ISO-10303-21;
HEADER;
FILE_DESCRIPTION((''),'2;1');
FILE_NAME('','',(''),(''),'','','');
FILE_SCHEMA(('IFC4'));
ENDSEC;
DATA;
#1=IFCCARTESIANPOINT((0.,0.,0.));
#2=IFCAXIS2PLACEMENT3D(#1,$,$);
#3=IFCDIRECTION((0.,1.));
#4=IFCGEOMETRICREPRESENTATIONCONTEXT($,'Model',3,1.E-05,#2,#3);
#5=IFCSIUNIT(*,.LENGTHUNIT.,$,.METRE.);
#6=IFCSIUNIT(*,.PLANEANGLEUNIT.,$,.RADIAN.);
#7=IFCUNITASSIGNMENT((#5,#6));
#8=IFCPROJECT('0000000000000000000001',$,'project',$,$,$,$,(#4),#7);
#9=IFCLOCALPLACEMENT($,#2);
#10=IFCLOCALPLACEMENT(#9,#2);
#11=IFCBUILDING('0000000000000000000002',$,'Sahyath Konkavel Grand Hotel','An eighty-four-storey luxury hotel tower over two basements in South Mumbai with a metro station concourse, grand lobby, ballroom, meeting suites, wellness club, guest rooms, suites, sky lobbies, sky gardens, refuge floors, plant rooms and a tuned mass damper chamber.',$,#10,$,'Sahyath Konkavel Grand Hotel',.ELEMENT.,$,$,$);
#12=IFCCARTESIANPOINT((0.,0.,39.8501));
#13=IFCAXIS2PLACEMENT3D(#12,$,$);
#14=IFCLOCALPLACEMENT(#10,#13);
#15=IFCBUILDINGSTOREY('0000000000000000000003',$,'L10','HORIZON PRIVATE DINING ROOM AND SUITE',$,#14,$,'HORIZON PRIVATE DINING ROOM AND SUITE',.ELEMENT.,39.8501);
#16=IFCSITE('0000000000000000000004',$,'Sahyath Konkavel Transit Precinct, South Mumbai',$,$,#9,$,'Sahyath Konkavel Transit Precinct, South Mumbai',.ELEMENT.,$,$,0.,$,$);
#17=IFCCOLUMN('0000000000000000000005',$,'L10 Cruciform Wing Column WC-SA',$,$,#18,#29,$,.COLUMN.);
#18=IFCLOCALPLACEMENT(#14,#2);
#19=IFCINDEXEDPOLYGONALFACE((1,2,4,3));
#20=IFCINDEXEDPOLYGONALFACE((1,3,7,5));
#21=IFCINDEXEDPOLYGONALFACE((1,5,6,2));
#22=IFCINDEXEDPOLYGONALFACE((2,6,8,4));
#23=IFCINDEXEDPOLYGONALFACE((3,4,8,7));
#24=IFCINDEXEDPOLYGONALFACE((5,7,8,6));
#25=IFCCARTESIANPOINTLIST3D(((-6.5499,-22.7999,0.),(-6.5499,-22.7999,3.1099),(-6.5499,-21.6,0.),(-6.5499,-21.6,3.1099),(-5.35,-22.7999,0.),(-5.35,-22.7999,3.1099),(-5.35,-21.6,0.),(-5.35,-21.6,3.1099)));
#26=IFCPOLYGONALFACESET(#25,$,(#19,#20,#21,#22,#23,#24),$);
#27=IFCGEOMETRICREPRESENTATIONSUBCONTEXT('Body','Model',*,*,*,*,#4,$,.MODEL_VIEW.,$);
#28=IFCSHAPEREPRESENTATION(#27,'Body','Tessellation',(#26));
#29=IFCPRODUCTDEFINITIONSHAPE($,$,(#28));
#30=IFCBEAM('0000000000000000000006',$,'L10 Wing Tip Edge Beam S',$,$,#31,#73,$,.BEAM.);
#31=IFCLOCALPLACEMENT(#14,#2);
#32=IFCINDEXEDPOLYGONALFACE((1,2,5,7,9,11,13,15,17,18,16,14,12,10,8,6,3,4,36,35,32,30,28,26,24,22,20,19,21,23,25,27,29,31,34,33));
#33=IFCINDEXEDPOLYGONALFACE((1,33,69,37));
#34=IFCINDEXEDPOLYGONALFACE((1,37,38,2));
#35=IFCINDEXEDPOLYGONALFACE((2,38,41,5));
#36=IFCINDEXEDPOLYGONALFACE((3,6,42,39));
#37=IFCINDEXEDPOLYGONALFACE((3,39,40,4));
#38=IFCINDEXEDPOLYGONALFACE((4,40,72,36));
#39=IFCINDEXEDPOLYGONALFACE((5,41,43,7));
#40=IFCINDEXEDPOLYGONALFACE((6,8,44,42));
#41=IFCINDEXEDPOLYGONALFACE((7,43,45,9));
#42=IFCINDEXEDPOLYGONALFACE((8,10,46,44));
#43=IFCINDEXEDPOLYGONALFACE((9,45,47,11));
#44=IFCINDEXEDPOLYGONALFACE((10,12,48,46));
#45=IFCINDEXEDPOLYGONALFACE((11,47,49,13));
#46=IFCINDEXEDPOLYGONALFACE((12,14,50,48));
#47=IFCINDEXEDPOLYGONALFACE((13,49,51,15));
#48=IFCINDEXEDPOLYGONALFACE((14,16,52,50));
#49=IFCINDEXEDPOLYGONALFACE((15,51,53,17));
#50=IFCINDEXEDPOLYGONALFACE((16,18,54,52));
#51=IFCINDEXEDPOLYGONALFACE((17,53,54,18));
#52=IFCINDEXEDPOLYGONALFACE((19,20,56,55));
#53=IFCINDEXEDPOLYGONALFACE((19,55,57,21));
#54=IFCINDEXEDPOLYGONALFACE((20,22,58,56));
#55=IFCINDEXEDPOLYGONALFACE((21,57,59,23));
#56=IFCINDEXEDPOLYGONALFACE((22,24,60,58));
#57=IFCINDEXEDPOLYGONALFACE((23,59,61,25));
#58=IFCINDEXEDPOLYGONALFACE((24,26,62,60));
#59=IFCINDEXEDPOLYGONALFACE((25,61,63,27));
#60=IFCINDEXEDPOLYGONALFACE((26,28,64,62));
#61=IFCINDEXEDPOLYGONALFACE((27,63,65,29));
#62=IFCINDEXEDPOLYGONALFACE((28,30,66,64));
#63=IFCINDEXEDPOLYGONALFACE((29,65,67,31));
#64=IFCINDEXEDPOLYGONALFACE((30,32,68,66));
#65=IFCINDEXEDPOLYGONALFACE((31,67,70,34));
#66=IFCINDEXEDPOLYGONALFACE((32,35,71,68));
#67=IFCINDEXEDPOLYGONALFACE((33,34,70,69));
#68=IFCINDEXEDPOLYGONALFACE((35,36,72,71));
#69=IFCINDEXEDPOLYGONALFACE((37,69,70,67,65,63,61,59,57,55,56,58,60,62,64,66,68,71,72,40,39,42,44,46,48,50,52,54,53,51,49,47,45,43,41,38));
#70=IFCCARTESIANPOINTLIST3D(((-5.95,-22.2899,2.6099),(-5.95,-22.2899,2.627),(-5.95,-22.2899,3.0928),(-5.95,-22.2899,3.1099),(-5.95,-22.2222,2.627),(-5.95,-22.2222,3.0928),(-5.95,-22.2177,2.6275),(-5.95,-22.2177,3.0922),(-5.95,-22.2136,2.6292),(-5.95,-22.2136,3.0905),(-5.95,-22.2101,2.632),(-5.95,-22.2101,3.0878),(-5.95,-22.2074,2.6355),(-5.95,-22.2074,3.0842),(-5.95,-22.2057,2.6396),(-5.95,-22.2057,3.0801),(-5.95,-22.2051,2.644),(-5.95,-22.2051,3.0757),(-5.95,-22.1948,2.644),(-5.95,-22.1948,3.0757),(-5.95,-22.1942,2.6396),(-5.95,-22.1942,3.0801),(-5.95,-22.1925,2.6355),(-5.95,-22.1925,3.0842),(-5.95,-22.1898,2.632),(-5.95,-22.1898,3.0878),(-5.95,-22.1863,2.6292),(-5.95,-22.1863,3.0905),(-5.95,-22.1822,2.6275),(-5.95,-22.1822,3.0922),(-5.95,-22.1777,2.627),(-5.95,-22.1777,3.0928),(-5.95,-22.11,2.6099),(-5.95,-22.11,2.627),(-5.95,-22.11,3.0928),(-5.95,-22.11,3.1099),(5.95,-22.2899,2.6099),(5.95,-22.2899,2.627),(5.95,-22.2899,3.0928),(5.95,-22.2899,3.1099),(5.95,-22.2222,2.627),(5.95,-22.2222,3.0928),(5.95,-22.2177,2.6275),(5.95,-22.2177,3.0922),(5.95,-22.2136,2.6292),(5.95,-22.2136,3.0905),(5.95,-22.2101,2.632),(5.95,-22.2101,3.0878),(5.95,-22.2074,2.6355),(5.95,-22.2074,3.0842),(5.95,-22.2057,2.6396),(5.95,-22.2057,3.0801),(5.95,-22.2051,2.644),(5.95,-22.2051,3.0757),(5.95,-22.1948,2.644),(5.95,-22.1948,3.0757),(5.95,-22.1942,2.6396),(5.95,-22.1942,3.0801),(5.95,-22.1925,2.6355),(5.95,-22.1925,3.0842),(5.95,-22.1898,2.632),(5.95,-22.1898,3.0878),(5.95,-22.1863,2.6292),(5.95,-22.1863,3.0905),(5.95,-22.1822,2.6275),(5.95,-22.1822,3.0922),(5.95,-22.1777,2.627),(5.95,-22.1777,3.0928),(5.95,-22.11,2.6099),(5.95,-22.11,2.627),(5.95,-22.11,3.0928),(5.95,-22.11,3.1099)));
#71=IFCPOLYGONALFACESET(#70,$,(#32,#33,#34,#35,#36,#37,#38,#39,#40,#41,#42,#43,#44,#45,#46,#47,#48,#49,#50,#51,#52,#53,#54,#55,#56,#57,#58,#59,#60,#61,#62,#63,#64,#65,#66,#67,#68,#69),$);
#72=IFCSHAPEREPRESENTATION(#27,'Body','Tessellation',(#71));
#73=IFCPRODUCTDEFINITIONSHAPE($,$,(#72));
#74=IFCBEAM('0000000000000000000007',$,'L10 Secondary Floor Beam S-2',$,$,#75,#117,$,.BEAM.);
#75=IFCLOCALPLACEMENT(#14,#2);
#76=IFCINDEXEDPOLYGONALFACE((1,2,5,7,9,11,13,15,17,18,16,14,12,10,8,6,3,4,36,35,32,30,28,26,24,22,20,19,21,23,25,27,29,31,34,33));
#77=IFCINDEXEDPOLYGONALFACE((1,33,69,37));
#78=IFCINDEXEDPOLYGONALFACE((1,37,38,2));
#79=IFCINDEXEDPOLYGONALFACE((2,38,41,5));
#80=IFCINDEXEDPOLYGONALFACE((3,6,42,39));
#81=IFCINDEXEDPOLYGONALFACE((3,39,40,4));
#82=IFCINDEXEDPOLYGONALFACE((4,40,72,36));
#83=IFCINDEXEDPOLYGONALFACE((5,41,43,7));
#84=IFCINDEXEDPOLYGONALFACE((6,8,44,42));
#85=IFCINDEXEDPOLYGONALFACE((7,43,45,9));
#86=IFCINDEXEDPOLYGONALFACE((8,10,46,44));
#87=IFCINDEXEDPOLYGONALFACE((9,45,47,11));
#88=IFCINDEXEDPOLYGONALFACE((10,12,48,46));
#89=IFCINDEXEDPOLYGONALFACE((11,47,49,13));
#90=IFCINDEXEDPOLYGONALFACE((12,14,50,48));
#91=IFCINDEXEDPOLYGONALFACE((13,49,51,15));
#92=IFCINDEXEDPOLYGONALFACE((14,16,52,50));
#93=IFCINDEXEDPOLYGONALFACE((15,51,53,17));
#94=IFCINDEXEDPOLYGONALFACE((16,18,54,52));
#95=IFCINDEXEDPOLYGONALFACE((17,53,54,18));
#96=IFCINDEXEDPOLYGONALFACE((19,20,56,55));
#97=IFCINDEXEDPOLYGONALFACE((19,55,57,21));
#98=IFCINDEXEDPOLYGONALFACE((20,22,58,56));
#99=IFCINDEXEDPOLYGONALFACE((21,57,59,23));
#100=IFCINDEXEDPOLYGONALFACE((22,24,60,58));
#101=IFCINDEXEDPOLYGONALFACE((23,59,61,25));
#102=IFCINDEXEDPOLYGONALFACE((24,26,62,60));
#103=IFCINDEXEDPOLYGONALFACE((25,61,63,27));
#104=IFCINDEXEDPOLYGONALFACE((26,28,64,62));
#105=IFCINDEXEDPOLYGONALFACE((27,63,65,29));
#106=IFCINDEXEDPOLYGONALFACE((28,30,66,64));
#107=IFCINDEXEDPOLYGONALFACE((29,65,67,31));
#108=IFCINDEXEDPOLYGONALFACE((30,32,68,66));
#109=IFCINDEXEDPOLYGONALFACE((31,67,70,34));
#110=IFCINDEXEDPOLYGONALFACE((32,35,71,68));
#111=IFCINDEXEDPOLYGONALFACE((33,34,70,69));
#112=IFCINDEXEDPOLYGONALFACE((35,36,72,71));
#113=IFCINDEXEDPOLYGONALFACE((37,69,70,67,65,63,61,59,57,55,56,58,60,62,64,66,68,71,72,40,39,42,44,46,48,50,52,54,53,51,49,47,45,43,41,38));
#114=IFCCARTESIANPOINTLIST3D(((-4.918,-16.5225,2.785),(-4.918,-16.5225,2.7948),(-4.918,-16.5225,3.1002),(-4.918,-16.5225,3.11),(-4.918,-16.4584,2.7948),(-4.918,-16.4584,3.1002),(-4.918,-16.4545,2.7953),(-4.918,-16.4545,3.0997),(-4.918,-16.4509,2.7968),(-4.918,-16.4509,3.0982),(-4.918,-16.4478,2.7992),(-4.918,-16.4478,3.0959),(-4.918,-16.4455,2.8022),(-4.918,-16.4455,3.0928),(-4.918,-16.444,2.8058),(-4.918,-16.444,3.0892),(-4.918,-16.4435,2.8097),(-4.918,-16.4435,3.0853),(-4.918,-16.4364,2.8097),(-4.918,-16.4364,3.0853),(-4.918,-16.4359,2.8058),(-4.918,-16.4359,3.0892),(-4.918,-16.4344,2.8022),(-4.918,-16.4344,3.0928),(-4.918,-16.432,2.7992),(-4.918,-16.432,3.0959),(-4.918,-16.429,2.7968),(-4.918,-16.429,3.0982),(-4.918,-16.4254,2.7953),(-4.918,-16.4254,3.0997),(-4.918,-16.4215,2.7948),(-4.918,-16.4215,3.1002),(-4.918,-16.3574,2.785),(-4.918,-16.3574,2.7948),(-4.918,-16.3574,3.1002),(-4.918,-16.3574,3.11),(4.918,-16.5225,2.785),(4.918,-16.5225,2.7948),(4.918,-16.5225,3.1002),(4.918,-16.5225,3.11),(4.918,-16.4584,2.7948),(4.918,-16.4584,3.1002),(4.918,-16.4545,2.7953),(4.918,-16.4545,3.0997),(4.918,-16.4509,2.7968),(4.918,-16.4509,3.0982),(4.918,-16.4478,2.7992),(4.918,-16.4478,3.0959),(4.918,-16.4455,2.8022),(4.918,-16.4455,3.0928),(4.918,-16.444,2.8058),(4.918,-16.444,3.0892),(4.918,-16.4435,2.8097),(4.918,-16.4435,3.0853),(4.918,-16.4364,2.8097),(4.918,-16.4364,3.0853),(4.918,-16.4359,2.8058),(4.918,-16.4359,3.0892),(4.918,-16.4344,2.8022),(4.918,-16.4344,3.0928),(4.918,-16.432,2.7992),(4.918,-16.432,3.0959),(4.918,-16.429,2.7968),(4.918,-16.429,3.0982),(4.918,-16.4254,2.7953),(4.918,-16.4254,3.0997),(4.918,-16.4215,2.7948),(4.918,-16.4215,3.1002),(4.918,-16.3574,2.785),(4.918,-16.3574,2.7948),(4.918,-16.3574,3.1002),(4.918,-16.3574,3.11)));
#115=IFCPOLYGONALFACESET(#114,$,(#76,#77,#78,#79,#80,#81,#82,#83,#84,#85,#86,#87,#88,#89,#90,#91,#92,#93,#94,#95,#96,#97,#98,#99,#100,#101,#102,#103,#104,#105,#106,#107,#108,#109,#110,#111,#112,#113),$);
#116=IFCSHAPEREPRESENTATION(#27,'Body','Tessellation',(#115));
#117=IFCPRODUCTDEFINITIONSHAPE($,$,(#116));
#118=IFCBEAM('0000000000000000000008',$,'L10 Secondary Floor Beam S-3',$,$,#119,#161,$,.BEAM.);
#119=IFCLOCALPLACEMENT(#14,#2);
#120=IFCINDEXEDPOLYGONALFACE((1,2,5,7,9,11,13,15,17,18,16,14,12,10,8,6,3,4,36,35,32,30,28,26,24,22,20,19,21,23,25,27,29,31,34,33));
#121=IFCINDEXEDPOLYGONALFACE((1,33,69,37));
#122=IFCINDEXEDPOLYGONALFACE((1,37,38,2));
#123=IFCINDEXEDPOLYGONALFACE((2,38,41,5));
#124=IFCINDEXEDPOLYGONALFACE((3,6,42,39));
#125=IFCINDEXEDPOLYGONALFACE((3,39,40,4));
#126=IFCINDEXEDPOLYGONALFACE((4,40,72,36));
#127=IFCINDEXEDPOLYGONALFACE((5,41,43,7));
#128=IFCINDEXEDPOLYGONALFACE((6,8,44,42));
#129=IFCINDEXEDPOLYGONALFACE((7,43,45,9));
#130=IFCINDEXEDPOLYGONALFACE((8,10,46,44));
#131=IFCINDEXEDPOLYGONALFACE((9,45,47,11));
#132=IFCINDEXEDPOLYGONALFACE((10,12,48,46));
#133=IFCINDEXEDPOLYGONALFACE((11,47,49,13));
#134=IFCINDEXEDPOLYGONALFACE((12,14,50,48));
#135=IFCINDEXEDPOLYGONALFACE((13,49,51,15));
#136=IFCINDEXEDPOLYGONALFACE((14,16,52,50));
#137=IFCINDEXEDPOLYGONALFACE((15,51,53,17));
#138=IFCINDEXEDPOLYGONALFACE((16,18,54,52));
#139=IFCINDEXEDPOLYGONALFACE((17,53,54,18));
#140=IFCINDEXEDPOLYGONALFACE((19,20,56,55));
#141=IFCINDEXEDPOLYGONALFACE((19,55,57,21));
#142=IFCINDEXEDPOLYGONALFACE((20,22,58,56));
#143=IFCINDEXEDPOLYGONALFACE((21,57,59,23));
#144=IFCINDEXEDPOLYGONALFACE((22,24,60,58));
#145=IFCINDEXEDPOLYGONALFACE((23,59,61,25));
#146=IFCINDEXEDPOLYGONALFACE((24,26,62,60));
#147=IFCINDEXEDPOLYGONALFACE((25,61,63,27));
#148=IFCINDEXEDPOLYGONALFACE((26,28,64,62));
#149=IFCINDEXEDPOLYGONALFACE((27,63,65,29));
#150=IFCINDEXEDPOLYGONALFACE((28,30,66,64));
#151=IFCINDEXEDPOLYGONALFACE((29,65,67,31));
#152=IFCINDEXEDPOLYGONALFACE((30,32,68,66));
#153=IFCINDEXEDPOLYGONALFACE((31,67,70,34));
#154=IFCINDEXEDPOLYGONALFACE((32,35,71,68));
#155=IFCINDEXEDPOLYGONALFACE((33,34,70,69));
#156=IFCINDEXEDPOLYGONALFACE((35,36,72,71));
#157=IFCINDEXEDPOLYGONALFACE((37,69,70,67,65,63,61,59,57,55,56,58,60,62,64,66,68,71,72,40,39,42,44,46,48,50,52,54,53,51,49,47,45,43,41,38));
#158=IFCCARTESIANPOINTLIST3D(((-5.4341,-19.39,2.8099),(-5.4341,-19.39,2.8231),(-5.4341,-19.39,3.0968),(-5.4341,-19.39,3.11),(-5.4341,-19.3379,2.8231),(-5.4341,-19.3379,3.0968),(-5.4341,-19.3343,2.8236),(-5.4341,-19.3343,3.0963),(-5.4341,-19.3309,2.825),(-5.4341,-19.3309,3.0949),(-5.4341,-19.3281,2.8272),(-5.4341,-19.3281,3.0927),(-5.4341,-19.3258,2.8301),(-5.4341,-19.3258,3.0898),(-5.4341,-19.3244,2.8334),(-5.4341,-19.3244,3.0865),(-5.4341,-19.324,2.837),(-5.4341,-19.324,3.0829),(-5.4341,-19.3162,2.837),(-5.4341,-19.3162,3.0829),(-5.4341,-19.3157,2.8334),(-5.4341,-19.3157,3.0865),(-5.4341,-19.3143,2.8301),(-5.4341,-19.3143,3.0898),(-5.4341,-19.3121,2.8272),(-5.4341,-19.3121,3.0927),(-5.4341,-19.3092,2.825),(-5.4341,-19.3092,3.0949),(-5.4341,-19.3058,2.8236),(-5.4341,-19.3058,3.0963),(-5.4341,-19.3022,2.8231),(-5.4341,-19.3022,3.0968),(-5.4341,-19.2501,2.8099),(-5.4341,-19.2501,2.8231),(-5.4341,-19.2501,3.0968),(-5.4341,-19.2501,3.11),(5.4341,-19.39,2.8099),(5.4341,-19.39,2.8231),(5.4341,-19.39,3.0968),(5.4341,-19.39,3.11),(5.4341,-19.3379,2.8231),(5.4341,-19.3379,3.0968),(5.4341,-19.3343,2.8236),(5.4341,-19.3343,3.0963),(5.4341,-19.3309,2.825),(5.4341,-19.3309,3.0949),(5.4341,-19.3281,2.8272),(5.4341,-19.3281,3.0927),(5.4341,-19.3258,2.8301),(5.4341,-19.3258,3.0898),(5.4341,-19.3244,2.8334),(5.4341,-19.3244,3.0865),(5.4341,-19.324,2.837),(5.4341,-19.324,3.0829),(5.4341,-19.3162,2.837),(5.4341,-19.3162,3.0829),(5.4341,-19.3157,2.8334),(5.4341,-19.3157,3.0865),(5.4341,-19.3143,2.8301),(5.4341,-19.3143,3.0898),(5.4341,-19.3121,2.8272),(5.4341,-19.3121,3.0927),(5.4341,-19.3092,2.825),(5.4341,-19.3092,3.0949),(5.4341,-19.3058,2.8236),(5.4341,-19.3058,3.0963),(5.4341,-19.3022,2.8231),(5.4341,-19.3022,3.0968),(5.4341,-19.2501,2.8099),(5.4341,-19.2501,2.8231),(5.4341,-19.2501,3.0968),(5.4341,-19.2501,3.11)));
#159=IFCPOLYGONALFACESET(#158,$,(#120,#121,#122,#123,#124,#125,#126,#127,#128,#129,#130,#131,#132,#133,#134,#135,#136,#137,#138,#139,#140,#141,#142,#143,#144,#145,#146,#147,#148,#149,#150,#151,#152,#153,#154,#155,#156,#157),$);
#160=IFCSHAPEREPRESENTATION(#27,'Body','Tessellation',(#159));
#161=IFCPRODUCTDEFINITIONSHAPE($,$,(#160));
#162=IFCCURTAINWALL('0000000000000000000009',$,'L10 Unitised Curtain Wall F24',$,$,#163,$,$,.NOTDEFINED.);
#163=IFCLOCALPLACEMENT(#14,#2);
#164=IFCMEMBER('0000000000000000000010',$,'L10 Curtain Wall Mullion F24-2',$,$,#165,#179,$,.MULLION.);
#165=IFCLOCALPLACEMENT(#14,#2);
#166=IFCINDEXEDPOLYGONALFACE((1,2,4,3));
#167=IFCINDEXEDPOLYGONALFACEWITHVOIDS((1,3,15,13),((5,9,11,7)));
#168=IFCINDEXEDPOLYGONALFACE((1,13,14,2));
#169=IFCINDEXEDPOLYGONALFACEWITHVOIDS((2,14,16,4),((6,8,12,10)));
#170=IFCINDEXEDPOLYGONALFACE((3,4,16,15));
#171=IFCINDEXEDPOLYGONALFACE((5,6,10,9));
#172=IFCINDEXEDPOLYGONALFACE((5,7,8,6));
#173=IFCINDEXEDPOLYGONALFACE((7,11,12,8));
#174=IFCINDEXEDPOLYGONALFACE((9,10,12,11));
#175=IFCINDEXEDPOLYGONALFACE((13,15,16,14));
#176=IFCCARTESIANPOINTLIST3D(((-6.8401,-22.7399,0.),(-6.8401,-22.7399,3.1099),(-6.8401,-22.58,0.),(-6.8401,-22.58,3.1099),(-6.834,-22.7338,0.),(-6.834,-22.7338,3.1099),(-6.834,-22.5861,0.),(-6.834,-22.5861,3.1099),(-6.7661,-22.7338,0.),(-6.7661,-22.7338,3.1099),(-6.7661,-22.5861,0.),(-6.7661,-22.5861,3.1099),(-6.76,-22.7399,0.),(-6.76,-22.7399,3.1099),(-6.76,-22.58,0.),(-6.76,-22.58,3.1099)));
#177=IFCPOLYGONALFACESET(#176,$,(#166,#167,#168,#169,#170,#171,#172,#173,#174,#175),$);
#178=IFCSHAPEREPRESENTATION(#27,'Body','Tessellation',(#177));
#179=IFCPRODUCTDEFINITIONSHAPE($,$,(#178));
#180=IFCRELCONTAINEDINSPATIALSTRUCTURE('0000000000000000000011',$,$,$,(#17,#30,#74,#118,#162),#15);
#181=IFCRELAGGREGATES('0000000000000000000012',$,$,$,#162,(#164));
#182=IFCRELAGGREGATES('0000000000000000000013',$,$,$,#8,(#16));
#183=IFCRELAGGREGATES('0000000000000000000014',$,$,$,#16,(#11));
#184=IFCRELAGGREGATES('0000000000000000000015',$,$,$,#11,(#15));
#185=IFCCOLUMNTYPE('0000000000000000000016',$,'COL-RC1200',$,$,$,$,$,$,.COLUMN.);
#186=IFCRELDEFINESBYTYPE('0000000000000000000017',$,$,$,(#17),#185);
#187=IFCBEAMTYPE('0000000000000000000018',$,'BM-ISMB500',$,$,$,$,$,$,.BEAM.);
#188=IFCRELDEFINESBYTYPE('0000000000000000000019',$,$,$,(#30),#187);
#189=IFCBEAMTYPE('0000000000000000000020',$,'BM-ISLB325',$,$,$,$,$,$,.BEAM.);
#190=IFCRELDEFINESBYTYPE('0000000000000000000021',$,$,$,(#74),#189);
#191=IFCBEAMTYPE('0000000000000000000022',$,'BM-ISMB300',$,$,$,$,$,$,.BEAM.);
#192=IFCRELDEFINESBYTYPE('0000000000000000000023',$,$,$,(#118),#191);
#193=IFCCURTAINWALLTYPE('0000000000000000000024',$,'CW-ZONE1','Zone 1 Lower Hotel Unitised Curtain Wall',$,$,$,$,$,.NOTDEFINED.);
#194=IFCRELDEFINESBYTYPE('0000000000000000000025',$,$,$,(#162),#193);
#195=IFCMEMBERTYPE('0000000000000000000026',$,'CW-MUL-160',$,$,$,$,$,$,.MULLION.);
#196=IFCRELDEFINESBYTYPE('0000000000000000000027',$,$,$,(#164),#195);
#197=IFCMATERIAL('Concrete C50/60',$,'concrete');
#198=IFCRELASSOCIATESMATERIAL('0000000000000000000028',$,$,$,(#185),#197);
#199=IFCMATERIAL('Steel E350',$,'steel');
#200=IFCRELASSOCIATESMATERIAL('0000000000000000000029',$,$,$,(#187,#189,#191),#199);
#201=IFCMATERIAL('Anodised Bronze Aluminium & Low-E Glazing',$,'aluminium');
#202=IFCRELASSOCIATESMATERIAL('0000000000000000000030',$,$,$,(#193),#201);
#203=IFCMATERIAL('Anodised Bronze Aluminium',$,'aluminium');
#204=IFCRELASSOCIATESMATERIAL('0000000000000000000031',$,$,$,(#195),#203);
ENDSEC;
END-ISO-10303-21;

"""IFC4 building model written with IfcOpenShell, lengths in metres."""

from ifc_helpers import new_model, si_unit, direction, frame, origin, origin_2d, place, context, subcontext, project, spatial, rectangle, hollow_rectangle, i_section, extrude, source, transform, mapped, material, material_profile, profile_set, type_object, element, aggregate, save


model = new_model("IFC4")

# Units and contexts
model_context = context("Model", 3, precision=1e-05, world=origin(), true_north=direction((0.0, 1.0)))
body_context = subcontext(model_context, "Body", "Model", "MODEL_VIEW")
ifc_project = project(units=[si_unit("LENGTHUNIT", "METRE"), si_unit("PLANEANGLEUNIT", "RADIAN")], contexts=[model_context])

# Site, building, storey
site_placement = place(None, origin())
site = spatial("IfcSite", under=ifc_project, at=site_placement, Name="Sahyath Konkavel Transit Precinct, South Mumbai", LongName="Sahyath Konkavel Transit Precinct, South Mumbai", CompositionType="ELEMENT", RefElevation=0.0)
building_placement = place(site_placement, origin())
building = spatial("IfcBuilding", under=site, at=building_placement, Name="Sahyath Konkavel Grand Hotel", Description="An eighty-four-storey luxury hotel tower over two basements in South Mumbai with a metro station concourse, grand lobby, ballroom, meeting suites, wellness club, guest rooms, suites, sky lobbies, sky gardens, refuge floors, plant rooms and a tuned mass damper chamber.", LongName="Sahyath Konkavel Grand Hotel", CompositionType="ELEMENT")
storey_placement = place(building_placement, frame((0.0, 0.0, 39.8501)))
storey = spatial("IfcBuildingStorey", under=building, at=storey_placement, Name="L10", Description="HORIZON PRIVATE DINING ROOM AND SUITE", LongName="HORIZON PRIVATE DINING ROOM AND SUITE", CompositionType="ELEMENT", Elevation=39.8501)

# Column
ifc_material_1 = material(Name="Concrete C50/60", Category="concrete")
ifc_material_profile_1 = material_profile(ifc_material_1, rectangle(XDim=1.2, YDim=1.2, at=origin_2d()), Name="RC 1200x1200")
ifc_profile_set_1 = profile_set([ifc_material_profile_1], Name="Concrete C50/60")
column_type = type_object("IfcColumnType", Name="COL-RC1200", PredefinedType="COLUMN", material=ifc_profile_set_1)
shared_shape_1 = source(origin(), body_context, "Body", "SweptSolid", [
    extrude(rectangle(XDim=1.2, YDim=1.2, at=origin_2d()), origin(), (0.0, 0.0, 1.0), 3.1099),
])
column_placement = place(storey_placement, frame((-5.95, -22.2, 0.0), z_axis=(0.0, 0.0, 1.0), x_axis=(1.0, 0.0, 0.0)))
element("IfcColumn", 1, at=column_placement, inside=storey, type_object=column_type, Name="L10 Cruciform Wing Column WC-SA", PredefinedType="COLUMN", context=body_context, shape_type="MappedRepresentation", body=[
    mapped(shared_shape_1, transform((0.0, 0.0, 0.0), scale=1.0)),
])

# Beams
ifc_material_2 = material(Name="Steel E350", Category="steel")
ifc_material_profile_2 = material_profile(ifc_material_2, i_section(OverallWidth=0.1799, OverallDepth=0.5, WebThickness=0.0103, FlangeThickness=0.0171, FilletRadius=0.0171, at=origin_2d()), Name="ISMB 500")
ifc_profile_set_2 = profile_set([ifc_material_profile_2], Name="Steel E350")
beam_type_1 = type_object("IfcBeamType", Name="BM-ISMB500", PredefinedType="BEAM", material=ifc_profile_set_2)
shared_shape_2 = source(origin(), body_context, "Body", "SweptSolid", [
    extrude(i_section(OverallWidth=0.1799, OverallDepth=0.5, WebThickness=0.0103, FlangeThickness=0.0171, FilletRadius=0.0171, at=origin_2d()), origin(), (0.0, 0.0, 1.0), 11.8999),
])
beam_1_placement = place(storey_placement, frame((-5.95, -22.2, 2.8599), z_axis=(1.0, 0.0, 0.0), x_axis=(0.0, 1.0, 0.0)))
element("IfcBeam", 2, at=beam_1_placement, inside=storey, type_object=beam_type_1, Name="L10 Wing Tip Edge Beam S", PredefinedType="BEAM", context=body_context, shape_type="MappedRepresentation", body=[
    mapped(shared_shape_2, transform((0.0, 0.0, 0.0), scale=1.0)),
])
ifc_material_profile_3 = material_profile(ifc_material_2, i_section(OverallWidth=0.165, OverallDepth=0.325, WebThickness=0.0071, FlangeThickness=0.0098, FilletRadius=0.0149, at=origin_2d()), Name="ISLB 325")
ifc_profile_set_3 = profile_set([ifc_material_profile_3], Name="Steel E350")
beam_type_2 = type_object("IfcBeamType", Name="BM-ISLB325", PredefinedType="BEAM", material=ifc_profile_set_3)
shared_shape_3 = source(origin(), body_context, "Body", "SweptSolid", [
    extrude(i_section(OverallWidth=0.165, OverallDepth=0.325, WebThickness=0.0071, FlangeThickness=0.0098, FilletRadius=0.0149, at=origin_2d()), origin(), (0.0, 0.0, 1.0), 9.8359),
])
beam_2_placement = place(storey_placement, frame((-4.918, -16.4399, 2.9475), z_axis=(1.0, 0.0, 0.0), x_axis=(0.0, 1.0, 0.0)))
element("IfcBeam", 3, at=beam_2_placement, inside=storey, type_object=beam_type_2, Name="L10 Secondary Floor Beam S-2", PredefinedType="BEAM", context=body_context, shape_type="MappedRepresentation", body=[
    mapped(shared_shape_3, transform((0.0, 0.0, 0.0), scale=1.0)),
])
ifc_material_profile_4 = material_profile(ifc_material_2, i_section(OverallWidth=0.1399, OverallDepth=0.3, WebThickness=0.0078, FlangeThickness=0.0132, FilletRadius=0.0139, at=origin_2d()), Name="ISMB 300")
ifc_profile_set_4 = profile_set([ifc_material_profile_4], Name="Steel E350")
beam_type_3 = type_object("IfcBeamType", Name="BM-ISMB300", PredefinedType="BEAM", material=ifc_profile_set_4)
shared_shape_4 = source(origin(), body_context, "Body", "SweptSolid", [
    extrude(i_section(OverallWidth=0.1399, OverallDepth=0.3, WebThickness=0.0078, FlangeThickness=0.0132, FilletRadius=0.0139, at=origin_2d()), origin(), (0.0, 0.0, 1.0), 10.8682),
])
beam_3_placement = place(storey_placement, frame((-5.4341, -19.3201, 2.96), z_axis=(1.0, 0.0, 0.0), x_axis=(0.0, 1.0, 0.0)))
element("IfcBeam", 4, at=beam_3_placement, inside=storey, type_object=beam_type_3, Name="L10 Secondary Floor Beam S-3", PredefinedType="BEAM", context=body_context, shape_type="MappedRepresentation", body=[
    mapped(shared_shape_4, transform((0.0, 0.0, 0.0), scale=1.0)),
])

# Curtain wall, member
ifc_material_3 = material(Name="Anodised Bronze Aluminium & Low-E Glazing", Category="aluminium")
curtain_wall_type = type_object("IfcCurtainWallType", Name="CW-ZONE1", Description="Zone 1 Lower Hotel Unitised Curtain Wall", PredefinedType="NOTDEFINED", material=ifc_material_3)
curtain_wall_1_placement = place(storey_placement, origin())
curtain_wall_1 = element("IfcCurtainWall", 5, at=curtain_wall_1_placement, inside=storey, type_object=curtain_wall_type, Name="L10 Unitised Curtain Wall F24", PredefinedType="NOTDEFINED")
ifc_material_4 = material(Name="Anodised Bronze Aluminium", Category="aluminium")
ifc_material_profile_5 = material_profile(ifc_material_4, hollow_rectangle(XDim=0.0801, YDim=0.1599, WallThickness=0.0061, at=origin_2d()), Name="RHS 160x80x6")
ifc_profile_set_5 = profile_set([ifc_material_profile_5], Name="Anodised Bronze Aluminium")
member_type_1 = type_object("IfcMemberType", Name="CW-MUL-160", PredefinedType="MULLION", material=ifc_profile_set_5)
shared_shape_5 = source(origin(), body_context, "Body", "SweptSolid", [
    extrude(hollow_rectangle(XDim=0.0801, YDim=0.1599, WallThickness=0.0061, at=origin_2d()), origin(), (0.0, 0.0, 1.0), 3.1099),
])
member_1_placement = place(storey_placement, frame((-6.8, -22.6599, 0.0), z_axis=(0.0, 0.0, 1.0), x_axis=(1.0, 0.0, 0.0)))
member_1 = element("IfcMember", 6, at=member_1_placement, type_object=member_type_1, Name="L10 Curtain Wall Mullion F24-2", PredefinedType="MULLION", context=body_context, shape_type="MappedRepresentation", body=[
    mapped(shared_shape_5, transform((0.0, 0.0, 0.0), scale=1.0)),
])

aggregate(curtain_wall_1, [member_1])

save(model, "model.ifc")
